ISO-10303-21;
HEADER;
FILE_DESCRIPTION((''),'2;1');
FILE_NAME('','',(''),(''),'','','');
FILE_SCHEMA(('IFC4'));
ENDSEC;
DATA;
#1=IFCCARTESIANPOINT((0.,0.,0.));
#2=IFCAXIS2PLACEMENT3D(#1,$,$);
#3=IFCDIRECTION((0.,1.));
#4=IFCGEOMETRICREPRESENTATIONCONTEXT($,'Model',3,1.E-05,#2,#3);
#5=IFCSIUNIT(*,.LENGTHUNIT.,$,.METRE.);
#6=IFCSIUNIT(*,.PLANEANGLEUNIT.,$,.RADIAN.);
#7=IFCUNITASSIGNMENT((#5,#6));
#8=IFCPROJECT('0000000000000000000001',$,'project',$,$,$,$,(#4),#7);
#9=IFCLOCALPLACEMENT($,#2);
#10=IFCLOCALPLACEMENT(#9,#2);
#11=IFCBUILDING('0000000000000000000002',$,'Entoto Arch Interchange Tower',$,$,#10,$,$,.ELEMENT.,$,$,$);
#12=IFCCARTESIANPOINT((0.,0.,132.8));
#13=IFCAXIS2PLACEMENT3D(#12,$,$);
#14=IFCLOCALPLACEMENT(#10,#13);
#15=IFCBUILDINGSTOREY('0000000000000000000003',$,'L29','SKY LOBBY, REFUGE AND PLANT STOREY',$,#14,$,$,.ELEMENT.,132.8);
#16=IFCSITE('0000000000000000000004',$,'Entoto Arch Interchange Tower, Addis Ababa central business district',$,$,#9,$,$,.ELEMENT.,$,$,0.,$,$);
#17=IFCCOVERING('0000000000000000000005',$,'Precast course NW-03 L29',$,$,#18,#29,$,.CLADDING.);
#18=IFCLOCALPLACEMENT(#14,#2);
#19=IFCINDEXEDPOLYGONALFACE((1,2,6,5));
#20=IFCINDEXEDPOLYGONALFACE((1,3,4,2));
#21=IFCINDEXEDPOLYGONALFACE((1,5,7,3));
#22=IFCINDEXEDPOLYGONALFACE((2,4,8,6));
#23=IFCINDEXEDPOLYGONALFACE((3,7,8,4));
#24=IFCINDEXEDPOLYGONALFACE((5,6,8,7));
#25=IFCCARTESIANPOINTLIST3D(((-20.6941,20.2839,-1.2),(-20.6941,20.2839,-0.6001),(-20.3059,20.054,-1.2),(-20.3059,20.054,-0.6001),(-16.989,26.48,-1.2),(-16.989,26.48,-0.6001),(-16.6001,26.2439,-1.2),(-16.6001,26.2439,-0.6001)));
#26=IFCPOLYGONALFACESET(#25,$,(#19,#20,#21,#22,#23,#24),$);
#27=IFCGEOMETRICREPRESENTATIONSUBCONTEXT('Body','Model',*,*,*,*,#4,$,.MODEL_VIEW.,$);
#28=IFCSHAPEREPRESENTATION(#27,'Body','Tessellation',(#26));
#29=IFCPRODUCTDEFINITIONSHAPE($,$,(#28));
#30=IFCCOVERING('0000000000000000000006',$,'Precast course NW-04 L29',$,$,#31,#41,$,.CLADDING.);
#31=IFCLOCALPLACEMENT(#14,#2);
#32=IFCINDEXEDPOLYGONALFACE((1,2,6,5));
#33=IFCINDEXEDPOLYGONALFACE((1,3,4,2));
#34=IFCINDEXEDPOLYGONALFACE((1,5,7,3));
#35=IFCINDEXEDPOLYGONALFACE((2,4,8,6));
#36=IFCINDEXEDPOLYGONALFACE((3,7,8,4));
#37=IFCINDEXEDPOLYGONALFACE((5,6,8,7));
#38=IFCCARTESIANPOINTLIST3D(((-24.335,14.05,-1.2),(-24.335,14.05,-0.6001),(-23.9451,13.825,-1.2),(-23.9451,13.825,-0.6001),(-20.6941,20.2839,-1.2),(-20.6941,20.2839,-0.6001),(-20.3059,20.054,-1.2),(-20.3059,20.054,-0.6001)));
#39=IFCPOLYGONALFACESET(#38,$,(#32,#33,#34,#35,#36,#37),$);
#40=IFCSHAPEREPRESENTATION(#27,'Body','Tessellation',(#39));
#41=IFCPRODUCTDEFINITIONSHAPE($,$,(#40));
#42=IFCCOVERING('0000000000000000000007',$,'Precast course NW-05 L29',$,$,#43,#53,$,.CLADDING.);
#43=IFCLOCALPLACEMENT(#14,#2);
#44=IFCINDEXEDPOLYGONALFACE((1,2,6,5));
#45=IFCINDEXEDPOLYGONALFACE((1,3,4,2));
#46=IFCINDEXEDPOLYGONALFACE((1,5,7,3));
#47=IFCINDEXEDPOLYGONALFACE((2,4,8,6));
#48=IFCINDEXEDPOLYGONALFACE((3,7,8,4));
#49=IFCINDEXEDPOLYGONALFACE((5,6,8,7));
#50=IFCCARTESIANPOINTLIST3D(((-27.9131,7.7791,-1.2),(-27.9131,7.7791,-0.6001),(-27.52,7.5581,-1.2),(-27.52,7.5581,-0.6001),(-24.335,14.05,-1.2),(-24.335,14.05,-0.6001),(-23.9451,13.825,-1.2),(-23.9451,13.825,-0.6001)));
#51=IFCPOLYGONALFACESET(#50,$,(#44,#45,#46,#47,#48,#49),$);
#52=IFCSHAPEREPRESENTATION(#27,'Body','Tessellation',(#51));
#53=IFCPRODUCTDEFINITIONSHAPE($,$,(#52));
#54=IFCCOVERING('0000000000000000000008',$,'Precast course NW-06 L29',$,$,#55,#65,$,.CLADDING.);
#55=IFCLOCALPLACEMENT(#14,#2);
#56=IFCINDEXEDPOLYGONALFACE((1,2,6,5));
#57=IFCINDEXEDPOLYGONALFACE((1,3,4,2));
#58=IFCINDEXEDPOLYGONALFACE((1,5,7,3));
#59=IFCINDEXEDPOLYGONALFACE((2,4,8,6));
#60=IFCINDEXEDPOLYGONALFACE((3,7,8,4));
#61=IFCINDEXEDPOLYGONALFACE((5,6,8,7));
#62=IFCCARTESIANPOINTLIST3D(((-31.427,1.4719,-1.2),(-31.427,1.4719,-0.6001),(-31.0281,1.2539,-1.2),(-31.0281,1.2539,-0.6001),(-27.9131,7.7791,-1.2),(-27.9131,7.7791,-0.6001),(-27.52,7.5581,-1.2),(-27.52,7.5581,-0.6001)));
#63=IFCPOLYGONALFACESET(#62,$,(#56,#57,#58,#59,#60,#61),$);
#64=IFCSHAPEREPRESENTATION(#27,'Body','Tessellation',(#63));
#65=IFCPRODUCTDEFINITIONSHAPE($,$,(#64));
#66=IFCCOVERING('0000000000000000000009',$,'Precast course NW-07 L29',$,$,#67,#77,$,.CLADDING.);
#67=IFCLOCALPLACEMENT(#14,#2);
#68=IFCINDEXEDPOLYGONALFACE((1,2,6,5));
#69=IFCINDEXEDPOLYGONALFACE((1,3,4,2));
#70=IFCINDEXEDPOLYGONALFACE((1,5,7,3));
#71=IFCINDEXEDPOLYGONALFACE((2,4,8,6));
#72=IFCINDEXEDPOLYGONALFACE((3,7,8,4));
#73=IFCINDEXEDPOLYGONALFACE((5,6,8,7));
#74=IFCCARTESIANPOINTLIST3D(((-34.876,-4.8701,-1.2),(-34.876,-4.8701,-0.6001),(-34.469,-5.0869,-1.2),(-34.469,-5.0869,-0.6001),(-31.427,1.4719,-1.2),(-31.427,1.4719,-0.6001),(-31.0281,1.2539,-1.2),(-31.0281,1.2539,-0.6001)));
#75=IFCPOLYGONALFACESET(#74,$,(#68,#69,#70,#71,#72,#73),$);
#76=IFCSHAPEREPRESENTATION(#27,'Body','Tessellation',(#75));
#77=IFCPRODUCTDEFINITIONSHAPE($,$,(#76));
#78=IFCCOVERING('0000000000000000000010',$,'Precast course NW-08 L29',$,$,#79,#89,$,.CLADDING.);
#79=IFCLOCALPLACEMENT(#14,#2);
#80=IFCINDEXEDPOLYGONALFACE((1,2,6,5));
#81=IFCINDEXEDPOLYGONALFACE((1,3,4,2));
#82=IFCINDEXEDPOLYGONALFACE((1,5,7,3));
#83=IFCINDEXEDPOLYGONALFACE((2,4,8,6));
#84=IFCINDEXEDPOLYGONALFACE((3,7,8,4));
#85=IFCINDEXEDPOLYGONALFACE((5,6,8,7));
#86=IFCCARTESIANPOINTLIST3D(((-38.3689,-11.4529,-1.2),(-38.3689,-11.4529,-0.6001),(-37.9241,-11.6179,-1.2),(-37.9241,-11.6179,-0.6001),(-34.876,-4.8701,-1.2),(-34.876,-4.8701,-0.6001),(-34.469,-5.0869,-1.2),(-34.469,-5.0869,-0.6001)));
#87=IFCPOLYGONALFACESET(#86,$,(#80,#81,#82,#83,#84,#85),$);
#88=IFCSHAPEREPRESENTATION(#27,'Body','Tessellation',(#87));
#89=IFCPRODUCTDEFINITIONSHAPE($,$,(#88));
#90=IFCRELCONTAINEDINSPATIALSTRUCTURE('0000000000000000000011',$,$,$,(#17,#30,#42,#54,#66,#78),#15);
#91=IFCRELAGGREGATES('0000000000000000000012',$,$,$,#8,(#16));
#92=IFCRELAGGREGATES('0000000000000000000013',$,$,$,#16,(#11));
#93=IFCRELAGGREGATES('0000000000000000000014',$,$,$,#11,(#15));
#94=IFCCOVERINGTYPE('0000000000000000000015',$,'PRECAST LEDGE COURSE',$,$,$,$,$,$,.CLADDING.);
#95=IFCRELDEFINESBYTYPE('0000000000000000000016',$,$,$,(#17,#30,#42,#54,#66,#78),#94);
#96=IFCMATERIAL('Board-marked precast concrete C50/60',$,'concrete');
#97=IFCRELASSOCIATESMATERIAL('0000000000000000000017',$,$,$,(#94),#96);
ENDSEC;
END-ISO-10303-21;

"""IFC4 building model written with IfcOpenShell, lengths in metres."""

from ifc_helpers import new_model, si_unit, direction, frame, origin, place, context, subcontext, project, spatial, polyline, outline, extrude, material, type_object, element, save


model = new_model("IFC4")

# Units and contexts
model_context = context("Model", 3, precision=1e-05, world=origin(), true_north=direction((0.0, 1.0)))
body_context = subcontext(model_context, "Body", "Model", "MODEL_VIEW")
ifc_project = project(units=[si_unit("LENGTHUNIT", "METRE"), si_unit("PLANEANGLEUNIT", "RADIAN")], contexts=[model_context])

# Site, building, storey
site_placement = place(None, origin())
site = spatial("IfcSite", under=ifc_project, at=site_placement, Name="Entoto Arch Interchange Tower, Addis Ababa central business district", CompositionType="ELEMENT", RefElevation=0.0)
building_placement = place(site_placement, origin())
building = spatial("IfcBuilding", under=site, at=building_placement, Name="Entoto Arch Interchange Tower", CompositionType="ELEMENT")
storey_placement = place(building_placement, frame((0.0, 0.0, 132.8)))
storey = spatial("IfcBuildingStorey", under=building, at=storey_placement, Name="L29", Description="SKY LOBBY, REFUGE AND PLANT STOREY", CompositionType="ELEMENT", Elevation=132.8)

# Coverings
ifc_material_1 = material(Name="Board-marked precast concrete C50/60", Category="concrete")
covering_type = type_object("IfcCoveringType", Name="PRECAST LEDGE COURSE", PredefinedType="CLADDING", material=ifc_material_1)
covering_1_placement = place(storey_placement, frame((0.0, 0.0, -1.2)))
element("IfcCovering", 1, at=covering_1_placement, inside=storey, type_object=covering_type, Name="Precast course NW-03 L29", PredefinedType="CLADDING", context=body_context, shape_type="SweptSolid", body=[
    extrude(outline(polyline([(-20.3059, 20.054), (-20.6941, 20.2839), (-16.989, 26.48), (-16.6001, 26.2439), (-20.3059, 20.054)])), origin(), (0.0, 0.0, 1.0), 0.5999),
])
covering_2_placement = place(storey_placement, frame((0.0, 0.0, -1.2)))
element("IfcCovering", 2, at=covering_2_placement, inside=storey, type_object=covering_type, Name="Precast course NW-04 L29", PredefinedType="CLADDING", context=body_context, shape_type="SweptSolid", body=[
    extrude(outline(polyline([(-23.9451, 13.825), (-24.335, 14.05), (-20.6941, 20.2839), (-20.3059, 20.054), (-23.9451, 13.825)])), origin(), (0.0, 0.0, 1.0), 0.5999),
])
covering_3_placement = place(storey_placement, frame((0.0, 0.0, -1.2)))
element("IfcCovering", 3, at=covering_3_placement, inside=storey, type_object=covering_type, Name="Precast course NW-05 L29", PredefinedType="CLADDING", context=body_context, shape_type="SweptSolid", body=[
    extrude(outline(polyline([(-27.52, 7.5581), (-27.9131, 7.7791), (-24.335, 14.05), (-23.9451, 13.825), (-27.52, 7.5581)])), origin(), (0.0, 0.0, 1.0), 0.5999),
])
covering_4_placement = place(storey_placement, frame((0.0, 0.0, -1.2)))
element("IfcCovering", 4, at=covering_4_placement, inside=storey, type_object=covering_type, Name="Precast course NW-06 L29", PredefinedType="CLADDING", context=body_context, shape_type="SweptSolid", body=[
    extrude(outline(polyline([(-31.0281, 1.2539), (-31.427, 1.4719), (-27.9131, 7.7791), (-27.52, 7.5581), (-31.0281, 1.2539)])), origin(), (0.0, 0.0, 1.0), 0.5999),
])
covering_5_placement = place(storey_placement, frame((0.0, 0.0, -1.2)))
element("IfcCovering", 5, at=covering_5_placement, inside=storey, type_object=covering_type, Name="Precast course NW-07 L29", PredefinedType="CLADDING", context=body_context, shape_type="SweptSolid", body=[
    extrude(outline(polyline([(-34.469, -5.0869), (-34.876, -4.8701), (-31.427, 1.4719), (-31.0281, 1.2539), (-34.469, -5.0869)])), origin(), (0.0, 0.0, 1.0), 0.5999),
])
covering_6_placement = place(storey_placement, frame((0.0, 0.0, -1.2)))
element("IfcCovering", 6, at=covering_6_placement, inside=storey, type_object=covering_type, Name="Precast course NW-08 L29", PredefinedType="CLADDING", context=body_context, shape_type="SweptSolid", body=[
    extrude(outline(polyline([(-37.9241, -11.6179), (-38.3689, -11.4529), (-34.876, -4.8701), (-34.469, -5.0869), (-37.9241, -11.6179)])), origin(), (0.0, 0.0, 1.0), 0.5999),
])

save(model, "model.ifc")
